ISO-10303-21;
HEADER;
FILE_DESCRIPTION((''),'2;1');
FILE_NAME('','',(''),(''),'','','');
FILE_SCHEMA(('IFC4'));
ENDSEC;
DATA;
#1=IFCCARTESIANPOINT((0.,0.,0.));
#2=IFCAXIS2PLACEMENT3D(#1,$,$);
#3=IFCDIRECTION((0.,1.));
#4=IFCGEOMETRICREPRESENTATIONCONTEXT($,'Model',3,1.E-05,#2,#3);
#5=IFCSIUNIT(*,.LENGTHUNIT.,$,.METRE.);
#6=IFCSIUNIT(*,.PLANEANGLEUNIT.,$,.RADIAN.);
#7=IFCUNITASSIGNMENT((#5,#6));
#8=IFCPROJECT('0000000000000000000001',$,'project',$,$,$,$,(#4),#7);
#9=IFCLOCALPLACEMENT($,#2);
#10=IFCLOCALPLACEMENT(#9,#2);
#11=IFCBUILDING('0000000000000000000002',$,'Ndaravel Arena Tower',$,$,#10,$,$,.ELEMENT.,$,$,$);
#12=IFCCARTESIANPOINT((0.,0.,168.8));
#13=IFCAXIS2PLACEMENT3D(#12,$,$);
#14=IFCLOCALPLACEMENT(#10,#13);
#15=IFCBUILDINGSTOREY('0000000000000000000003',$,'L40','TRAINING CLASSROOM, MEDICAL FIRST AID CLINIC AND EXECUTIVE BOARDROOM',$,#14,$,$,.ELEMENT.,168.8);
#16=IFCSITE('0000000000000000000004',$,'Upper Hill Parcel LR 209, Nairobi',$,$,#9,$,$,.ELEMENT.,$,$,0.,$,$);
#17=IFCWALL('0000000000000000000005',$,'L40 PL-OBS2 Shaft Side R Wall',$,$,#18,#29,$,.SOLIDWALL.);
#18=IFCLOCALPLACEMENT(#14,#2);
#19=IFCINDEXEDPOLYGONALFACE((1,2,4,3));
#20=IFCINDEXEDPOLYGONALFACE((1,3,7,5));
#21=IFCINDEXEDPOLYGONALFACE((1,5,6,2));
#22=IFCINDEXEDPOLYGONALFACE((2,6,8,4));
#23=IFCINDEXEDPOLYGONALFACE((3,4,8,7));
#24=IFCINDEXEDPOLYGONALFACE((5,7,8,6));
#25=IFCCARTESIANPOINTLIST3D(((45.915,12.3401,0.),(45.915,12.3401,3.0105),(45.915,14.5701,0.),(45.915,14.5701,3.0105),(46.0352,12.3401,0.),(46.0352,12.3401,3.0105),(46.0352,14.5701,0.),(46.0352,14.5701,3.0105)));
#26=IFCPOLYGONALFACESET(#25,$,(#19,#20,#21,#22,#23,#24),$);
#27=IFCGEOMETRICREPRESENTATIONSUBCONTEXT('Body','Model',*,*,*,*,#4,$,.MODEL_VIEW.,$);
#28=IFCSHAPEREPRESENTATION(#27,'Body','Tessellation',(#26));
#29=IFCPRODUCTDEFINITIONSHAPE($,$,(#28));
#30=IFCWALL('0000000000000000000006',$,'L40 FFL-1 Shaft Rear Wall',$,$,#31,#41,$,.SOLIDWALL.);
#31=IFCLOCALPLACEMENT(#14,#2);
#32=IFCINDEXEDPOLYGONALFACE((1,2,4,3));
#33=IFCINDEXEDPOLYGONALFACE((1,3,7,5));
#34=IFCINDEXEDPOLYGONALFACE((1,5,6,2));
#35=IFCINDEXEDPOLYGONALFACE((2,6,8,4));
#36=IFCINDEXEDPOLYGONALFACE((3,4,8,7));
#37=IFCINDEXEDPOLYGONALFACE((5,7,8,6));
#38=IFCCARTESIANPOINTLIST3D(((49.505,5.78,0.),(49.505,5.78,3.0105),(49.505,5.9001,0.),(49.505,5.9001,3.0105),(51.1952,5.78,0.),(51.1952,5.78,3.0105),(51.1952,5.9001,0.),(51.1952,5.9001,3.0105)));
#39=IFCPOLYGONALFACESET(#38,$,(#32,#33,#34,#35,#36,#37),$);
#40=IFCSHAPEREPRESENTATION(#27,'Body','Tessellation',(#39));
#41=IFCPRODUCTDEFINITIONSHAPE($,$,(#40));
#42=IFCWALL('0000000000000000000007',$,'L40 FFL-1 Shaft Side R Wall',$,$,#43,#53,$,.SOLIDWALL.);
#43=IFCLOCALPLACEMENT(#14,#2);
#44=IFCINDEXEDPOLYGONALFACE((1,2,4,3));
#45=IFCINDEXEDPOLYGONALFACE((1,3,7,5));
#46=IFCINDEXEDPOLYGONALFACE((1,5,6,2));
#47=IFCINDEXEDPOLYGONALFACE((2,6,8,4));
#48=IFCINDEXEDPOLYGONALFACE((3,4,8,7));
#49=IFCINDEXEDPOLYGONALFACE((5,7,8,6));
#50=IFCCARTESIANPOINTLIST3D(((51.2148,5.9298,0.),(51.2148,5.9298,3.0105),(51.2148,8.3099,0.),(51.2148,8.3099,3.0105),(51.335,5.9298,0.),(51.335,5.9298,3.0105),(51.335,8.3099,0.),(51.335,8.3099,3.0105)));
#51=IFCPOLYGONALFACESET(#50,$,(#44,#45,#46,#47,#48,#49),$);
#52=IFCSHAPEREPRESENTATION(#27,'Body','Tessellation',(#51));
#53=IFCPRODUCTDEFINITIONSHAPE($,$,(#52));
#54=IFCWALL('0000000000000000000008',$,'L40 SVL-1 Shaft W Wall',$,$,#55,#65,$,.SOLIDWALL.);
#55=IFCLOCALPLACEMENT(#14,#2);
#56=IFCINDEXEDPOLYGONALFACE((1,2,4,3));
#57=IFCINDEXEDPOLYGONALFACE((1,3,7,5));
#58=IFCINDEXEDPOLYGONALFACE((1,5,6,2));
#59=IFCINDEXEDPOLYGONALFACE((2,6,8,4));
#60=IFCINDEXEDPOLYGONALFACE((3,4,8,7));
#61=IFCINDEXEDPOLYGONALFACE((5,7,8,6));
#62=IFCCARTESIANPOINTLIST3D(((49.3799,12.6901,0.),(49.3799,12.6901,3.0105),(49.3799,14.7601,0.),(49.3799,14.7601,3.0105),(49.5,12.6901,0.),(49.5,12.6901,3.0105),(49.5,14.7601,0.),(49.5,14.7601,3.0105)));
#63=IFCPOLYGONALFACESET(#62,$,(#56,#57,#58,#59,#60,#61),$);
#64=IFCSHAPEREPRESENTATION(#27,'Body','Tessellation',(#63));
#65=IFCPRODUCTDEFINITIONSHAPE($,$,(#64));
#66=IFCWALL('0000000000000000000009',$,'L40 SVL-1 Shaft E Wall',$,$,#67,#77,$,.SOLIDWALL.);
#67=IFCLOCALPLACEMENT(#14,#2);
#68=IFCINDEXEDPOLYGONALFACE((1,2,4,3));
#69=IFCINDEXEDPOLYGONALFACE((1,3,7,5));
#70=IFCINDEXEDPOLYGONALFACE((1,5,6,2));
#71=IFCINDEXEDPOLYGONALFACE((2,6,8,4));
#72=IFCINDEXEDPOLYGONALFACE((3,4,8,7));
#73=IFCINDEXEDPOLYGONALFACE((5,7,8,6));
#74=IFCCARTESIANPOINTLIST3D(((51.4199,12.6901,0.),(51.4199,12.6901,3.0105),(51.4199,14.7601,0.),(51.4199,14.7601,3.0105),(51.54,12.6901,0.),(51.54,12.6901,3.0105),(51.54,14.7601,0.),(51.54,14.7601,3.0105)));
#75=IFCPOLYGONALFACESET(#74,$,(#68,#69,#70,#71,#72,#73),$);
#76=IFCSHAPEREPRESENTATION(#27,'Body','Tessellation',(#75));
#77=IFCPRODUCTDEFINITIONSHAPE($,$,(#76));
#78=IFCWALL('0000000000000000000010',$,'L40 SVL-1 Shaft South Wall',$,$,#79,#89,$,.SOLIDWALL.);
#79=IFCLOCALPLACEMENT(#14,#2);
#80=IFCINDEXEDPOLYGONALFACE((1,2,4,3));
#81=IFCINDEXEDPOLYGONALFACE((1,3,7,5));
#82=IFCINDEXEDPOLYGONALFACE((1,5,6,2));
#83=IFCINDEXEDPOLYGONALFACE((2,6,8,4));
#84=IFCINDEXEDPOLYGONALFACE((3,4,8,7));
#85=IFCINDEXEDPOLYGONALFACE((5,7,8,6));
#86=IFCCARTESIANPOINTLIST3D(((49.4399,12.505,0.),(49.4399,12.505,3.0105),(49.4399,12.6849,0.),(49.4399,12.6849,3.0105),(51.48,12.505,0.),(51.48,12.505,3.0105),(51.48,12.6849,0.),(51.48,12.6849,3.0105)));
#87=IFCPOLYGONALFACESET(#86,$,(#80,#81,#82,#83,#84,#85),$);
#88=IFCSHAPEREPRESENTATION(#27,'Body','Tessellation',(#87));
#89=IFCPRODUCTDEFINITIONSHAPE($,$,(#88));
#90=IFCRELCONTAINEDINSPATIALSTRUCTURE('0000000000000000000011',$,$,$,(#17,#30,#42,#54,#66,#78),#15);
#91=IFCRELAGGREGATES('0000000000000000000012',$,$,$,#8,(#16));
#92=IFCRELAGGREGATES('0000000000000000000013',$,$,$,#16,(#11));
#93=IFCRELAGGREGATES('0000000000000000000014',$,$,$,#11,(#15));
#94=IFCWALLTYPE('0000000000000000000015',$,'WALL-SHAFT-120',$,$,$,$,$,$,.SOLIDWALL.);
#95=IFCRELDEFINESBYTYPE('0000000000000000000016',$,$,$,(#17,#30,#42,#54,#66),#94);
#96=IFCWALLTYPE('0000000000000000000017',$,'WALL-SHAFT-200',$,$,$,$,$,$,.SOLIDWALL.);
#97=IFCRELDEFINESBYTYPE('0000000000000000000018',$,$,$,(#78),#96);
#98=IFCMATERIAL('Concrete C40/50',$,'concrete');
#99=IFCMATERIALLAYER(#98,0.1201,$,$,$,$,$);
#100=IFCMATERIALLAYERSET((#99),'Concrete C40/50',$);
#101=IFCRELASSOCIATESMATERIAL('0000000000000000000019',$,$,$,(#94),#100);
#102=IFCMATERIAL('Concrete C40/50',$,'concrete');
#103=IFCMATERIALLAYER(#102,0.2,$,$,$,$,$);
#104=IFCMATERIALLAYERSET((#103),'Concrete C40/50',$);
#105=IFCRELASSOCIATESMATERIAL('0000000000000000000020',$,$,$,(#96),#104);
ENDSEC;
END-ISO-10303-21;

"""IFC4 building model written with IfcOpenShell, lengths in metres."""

from ifc_helpers import new_model, si_unit, direction, frame, frame_2d, origin, place, context, subcontext, project, spatial, rectangle, extrude, material, layer, layer_set, type_object, element, save


model = new_model("IFC4")

# Units and contexts
model_context = context("Model", 3, precision=1e-05, world=origin(), true_north=direction((0.0, 1.0)))
body_context = subcontext(model_context, "Body", "Model", "MODEL_VIEW")
ifc_project = project(units=[si_unit("LENGTHUNIT", "METRE"), si_unit("PLANEANGLEUNIT", "RADIAN")], contexts=[model_context])

# Site, building, storey
site_placement = place(None, origin())
site = spatial("IfcSite", under=ifc_project, at=site_placement, Name="Upper Hill Parcel LR 209, Nairobi", CompositionType="ELEMENT", RefElevation=0.0)
building_placement = place(site_placement, origin())
building = spatial("IfcBuilding", under=site, at=building_placement, Name="Ndaravel Arena Tower", CompositionType="ELEMENT")
storey_placement = place(building_placement, frame((0.0, 0.0, 168.8)))
storey = spatial("IfcBuildingStorey", under=building, at=storey_placement, Name="L40", Description="TRAINING CLASSROOM, MEDICAL FIRST AID CLINIC AND EXECUTIVE BOARDROOM", CompositionType="ELEMENT", Elevation=168.8)

# Walls
ifc_material_1 = material(Name="Concrete C40/50", Category="concrete")
ifc_layer_1 = layer(ifc_material_1, 0.1201)
ifc_layer_set_1 = layer_set([ifc_layer_1], Name="Concrete C40/50")
wall_type_1 = type_object("IfcWallType", Name="WALL-SHAFT-120", PredefinedType="SOLIDWALL", material=ifc_layer_set_1)
wall_1_placement = place(storey_placement, frame((45.9751, 12.3401, 0.0), z_axis=(0.0, 0.0, 1.0), x_axis=(0.0, 1.0, 0.0)))
element("IfcWall", 1, at=wall_1_placement, inside=storey, type_object=wall_type_1, Name="L40 PL-OBS2 Shaft Side R Wall", PredefinedType="SOLIDWALL", context=body_context, shape_type="SweptSolid", body=[
    extrude(rectangle(XDim=2.23, YDim=0.1201, at=frame_2d((1.115, 0.0))), origin(), (0.0, 0.0, 1.0), 3.0105),
])
wall_2_placement = place(storey_placement, frame((49.5049, 5.8401, 0.0), z_axis=(0.0, 0.0, 1.0), x_axis=(1.0, 0.0, 0.0)))
element("IfcWall", 2, at=wall_2_placement, inside=storey, type_object=wall_type_1, Name="L40 FFL-1 Shaft Rear Wall", PredefinedType="SOLIDWALL", context=body_context, shape_type="SweptSolid", body=[
    extrude(rectangle(XDim=1.6902, YDim=0.1201, at=frame_2d((0.8452, 0.0))), origin(), (0.0, 0.0, 1.0), 3.0105),
])
wall_3_placement = place(storey_placement, frame((51.2749, 5.9299, 0.0), z_axis=(0.0, 0.0, 1.0), x_axis=(0.0, 1.0, 0.0)))
element("IfcWall", 3, at=wall_3_placement, inside=storey, type_object=wall_type_1, Name="L40 FFL-1 Shaft Side R Wall", PredefinedType="SOLIDWALL", context=body_context, shape_type="SweptSolid", body=[
    extrude(rectangle(XDim=2.3801, YDim=0.1201, at=frame_2d((1.1899, 0.0))), origin(), (0.0, 0.0, 1.0), 3.0105),
])
for number, where, z_axis, x_axis, name in (
    (4, (49.4399, 12.6899, 0.0), (0.0, 0.0, 1.0), (0.0, 1.0, 0.0), "L40 SVL-1 Shaft W Wall"),
    (5, (51.48, 12.6899, 0.0), (0.0, 0.0, 1.0), (0.0, 1.0, 0.0), "L40 SVL-1 Shaft E Wall"),
):
    element("IfcWall", number, at=place(storey_placement, frame(where, z_axis=z_axis, x_axis=x_axis)), inside=storey, type_object=wall_type_1, Name=name, PredefinedType="SOLIDWALL", context=body_context, shape_type="SweptSolid", body=[
        extrude(rectangle(XDim=2.0701, YDim=0.1201, at=frame_2d((1.0352, 0.0))), origin(), (0.0, 0.0, 1.0), 3.0105),
    ])

# Shared definitions
ifc_material_2 = material(Name="Concrete C40/50", Category="concrete")
ifc_layer_2 = layer(ifc_material_2, 0.2)
ifc_layer_set_2 = layer_set([ifc_layer_2], Name="Concrete C40/50")
wall_type_2 = type_object("IfcWallType", Name="WALL-SHAFT-200", PredefinedType="SOLIDWALL", material=ifc_layer_set_2)

# Wall
wall_4_placement = place(storey_placement, frame((49.4399, 12.595, 0.0), z_axis=(0.0, 0.0, 1.0), x_axis=(1.0, 0.0, 0.0)))
element("IfcWall", 6, at=wall_4_placement, inside=storey, type_object=wall_type_2, Name="L40 SVL-1 Shaft South Wall", PredefinedType="SOLIDWALL", context=body_context, shape_type="SweptSolid", body=[
    extrude(rectangle(XDim=2.04, YDim=0.1799, at=frame_2d((1.02, 0.0))), origin(), (0.0, 0.0, 1.0), 3.0105),
])

save(model, "model.ifc")
